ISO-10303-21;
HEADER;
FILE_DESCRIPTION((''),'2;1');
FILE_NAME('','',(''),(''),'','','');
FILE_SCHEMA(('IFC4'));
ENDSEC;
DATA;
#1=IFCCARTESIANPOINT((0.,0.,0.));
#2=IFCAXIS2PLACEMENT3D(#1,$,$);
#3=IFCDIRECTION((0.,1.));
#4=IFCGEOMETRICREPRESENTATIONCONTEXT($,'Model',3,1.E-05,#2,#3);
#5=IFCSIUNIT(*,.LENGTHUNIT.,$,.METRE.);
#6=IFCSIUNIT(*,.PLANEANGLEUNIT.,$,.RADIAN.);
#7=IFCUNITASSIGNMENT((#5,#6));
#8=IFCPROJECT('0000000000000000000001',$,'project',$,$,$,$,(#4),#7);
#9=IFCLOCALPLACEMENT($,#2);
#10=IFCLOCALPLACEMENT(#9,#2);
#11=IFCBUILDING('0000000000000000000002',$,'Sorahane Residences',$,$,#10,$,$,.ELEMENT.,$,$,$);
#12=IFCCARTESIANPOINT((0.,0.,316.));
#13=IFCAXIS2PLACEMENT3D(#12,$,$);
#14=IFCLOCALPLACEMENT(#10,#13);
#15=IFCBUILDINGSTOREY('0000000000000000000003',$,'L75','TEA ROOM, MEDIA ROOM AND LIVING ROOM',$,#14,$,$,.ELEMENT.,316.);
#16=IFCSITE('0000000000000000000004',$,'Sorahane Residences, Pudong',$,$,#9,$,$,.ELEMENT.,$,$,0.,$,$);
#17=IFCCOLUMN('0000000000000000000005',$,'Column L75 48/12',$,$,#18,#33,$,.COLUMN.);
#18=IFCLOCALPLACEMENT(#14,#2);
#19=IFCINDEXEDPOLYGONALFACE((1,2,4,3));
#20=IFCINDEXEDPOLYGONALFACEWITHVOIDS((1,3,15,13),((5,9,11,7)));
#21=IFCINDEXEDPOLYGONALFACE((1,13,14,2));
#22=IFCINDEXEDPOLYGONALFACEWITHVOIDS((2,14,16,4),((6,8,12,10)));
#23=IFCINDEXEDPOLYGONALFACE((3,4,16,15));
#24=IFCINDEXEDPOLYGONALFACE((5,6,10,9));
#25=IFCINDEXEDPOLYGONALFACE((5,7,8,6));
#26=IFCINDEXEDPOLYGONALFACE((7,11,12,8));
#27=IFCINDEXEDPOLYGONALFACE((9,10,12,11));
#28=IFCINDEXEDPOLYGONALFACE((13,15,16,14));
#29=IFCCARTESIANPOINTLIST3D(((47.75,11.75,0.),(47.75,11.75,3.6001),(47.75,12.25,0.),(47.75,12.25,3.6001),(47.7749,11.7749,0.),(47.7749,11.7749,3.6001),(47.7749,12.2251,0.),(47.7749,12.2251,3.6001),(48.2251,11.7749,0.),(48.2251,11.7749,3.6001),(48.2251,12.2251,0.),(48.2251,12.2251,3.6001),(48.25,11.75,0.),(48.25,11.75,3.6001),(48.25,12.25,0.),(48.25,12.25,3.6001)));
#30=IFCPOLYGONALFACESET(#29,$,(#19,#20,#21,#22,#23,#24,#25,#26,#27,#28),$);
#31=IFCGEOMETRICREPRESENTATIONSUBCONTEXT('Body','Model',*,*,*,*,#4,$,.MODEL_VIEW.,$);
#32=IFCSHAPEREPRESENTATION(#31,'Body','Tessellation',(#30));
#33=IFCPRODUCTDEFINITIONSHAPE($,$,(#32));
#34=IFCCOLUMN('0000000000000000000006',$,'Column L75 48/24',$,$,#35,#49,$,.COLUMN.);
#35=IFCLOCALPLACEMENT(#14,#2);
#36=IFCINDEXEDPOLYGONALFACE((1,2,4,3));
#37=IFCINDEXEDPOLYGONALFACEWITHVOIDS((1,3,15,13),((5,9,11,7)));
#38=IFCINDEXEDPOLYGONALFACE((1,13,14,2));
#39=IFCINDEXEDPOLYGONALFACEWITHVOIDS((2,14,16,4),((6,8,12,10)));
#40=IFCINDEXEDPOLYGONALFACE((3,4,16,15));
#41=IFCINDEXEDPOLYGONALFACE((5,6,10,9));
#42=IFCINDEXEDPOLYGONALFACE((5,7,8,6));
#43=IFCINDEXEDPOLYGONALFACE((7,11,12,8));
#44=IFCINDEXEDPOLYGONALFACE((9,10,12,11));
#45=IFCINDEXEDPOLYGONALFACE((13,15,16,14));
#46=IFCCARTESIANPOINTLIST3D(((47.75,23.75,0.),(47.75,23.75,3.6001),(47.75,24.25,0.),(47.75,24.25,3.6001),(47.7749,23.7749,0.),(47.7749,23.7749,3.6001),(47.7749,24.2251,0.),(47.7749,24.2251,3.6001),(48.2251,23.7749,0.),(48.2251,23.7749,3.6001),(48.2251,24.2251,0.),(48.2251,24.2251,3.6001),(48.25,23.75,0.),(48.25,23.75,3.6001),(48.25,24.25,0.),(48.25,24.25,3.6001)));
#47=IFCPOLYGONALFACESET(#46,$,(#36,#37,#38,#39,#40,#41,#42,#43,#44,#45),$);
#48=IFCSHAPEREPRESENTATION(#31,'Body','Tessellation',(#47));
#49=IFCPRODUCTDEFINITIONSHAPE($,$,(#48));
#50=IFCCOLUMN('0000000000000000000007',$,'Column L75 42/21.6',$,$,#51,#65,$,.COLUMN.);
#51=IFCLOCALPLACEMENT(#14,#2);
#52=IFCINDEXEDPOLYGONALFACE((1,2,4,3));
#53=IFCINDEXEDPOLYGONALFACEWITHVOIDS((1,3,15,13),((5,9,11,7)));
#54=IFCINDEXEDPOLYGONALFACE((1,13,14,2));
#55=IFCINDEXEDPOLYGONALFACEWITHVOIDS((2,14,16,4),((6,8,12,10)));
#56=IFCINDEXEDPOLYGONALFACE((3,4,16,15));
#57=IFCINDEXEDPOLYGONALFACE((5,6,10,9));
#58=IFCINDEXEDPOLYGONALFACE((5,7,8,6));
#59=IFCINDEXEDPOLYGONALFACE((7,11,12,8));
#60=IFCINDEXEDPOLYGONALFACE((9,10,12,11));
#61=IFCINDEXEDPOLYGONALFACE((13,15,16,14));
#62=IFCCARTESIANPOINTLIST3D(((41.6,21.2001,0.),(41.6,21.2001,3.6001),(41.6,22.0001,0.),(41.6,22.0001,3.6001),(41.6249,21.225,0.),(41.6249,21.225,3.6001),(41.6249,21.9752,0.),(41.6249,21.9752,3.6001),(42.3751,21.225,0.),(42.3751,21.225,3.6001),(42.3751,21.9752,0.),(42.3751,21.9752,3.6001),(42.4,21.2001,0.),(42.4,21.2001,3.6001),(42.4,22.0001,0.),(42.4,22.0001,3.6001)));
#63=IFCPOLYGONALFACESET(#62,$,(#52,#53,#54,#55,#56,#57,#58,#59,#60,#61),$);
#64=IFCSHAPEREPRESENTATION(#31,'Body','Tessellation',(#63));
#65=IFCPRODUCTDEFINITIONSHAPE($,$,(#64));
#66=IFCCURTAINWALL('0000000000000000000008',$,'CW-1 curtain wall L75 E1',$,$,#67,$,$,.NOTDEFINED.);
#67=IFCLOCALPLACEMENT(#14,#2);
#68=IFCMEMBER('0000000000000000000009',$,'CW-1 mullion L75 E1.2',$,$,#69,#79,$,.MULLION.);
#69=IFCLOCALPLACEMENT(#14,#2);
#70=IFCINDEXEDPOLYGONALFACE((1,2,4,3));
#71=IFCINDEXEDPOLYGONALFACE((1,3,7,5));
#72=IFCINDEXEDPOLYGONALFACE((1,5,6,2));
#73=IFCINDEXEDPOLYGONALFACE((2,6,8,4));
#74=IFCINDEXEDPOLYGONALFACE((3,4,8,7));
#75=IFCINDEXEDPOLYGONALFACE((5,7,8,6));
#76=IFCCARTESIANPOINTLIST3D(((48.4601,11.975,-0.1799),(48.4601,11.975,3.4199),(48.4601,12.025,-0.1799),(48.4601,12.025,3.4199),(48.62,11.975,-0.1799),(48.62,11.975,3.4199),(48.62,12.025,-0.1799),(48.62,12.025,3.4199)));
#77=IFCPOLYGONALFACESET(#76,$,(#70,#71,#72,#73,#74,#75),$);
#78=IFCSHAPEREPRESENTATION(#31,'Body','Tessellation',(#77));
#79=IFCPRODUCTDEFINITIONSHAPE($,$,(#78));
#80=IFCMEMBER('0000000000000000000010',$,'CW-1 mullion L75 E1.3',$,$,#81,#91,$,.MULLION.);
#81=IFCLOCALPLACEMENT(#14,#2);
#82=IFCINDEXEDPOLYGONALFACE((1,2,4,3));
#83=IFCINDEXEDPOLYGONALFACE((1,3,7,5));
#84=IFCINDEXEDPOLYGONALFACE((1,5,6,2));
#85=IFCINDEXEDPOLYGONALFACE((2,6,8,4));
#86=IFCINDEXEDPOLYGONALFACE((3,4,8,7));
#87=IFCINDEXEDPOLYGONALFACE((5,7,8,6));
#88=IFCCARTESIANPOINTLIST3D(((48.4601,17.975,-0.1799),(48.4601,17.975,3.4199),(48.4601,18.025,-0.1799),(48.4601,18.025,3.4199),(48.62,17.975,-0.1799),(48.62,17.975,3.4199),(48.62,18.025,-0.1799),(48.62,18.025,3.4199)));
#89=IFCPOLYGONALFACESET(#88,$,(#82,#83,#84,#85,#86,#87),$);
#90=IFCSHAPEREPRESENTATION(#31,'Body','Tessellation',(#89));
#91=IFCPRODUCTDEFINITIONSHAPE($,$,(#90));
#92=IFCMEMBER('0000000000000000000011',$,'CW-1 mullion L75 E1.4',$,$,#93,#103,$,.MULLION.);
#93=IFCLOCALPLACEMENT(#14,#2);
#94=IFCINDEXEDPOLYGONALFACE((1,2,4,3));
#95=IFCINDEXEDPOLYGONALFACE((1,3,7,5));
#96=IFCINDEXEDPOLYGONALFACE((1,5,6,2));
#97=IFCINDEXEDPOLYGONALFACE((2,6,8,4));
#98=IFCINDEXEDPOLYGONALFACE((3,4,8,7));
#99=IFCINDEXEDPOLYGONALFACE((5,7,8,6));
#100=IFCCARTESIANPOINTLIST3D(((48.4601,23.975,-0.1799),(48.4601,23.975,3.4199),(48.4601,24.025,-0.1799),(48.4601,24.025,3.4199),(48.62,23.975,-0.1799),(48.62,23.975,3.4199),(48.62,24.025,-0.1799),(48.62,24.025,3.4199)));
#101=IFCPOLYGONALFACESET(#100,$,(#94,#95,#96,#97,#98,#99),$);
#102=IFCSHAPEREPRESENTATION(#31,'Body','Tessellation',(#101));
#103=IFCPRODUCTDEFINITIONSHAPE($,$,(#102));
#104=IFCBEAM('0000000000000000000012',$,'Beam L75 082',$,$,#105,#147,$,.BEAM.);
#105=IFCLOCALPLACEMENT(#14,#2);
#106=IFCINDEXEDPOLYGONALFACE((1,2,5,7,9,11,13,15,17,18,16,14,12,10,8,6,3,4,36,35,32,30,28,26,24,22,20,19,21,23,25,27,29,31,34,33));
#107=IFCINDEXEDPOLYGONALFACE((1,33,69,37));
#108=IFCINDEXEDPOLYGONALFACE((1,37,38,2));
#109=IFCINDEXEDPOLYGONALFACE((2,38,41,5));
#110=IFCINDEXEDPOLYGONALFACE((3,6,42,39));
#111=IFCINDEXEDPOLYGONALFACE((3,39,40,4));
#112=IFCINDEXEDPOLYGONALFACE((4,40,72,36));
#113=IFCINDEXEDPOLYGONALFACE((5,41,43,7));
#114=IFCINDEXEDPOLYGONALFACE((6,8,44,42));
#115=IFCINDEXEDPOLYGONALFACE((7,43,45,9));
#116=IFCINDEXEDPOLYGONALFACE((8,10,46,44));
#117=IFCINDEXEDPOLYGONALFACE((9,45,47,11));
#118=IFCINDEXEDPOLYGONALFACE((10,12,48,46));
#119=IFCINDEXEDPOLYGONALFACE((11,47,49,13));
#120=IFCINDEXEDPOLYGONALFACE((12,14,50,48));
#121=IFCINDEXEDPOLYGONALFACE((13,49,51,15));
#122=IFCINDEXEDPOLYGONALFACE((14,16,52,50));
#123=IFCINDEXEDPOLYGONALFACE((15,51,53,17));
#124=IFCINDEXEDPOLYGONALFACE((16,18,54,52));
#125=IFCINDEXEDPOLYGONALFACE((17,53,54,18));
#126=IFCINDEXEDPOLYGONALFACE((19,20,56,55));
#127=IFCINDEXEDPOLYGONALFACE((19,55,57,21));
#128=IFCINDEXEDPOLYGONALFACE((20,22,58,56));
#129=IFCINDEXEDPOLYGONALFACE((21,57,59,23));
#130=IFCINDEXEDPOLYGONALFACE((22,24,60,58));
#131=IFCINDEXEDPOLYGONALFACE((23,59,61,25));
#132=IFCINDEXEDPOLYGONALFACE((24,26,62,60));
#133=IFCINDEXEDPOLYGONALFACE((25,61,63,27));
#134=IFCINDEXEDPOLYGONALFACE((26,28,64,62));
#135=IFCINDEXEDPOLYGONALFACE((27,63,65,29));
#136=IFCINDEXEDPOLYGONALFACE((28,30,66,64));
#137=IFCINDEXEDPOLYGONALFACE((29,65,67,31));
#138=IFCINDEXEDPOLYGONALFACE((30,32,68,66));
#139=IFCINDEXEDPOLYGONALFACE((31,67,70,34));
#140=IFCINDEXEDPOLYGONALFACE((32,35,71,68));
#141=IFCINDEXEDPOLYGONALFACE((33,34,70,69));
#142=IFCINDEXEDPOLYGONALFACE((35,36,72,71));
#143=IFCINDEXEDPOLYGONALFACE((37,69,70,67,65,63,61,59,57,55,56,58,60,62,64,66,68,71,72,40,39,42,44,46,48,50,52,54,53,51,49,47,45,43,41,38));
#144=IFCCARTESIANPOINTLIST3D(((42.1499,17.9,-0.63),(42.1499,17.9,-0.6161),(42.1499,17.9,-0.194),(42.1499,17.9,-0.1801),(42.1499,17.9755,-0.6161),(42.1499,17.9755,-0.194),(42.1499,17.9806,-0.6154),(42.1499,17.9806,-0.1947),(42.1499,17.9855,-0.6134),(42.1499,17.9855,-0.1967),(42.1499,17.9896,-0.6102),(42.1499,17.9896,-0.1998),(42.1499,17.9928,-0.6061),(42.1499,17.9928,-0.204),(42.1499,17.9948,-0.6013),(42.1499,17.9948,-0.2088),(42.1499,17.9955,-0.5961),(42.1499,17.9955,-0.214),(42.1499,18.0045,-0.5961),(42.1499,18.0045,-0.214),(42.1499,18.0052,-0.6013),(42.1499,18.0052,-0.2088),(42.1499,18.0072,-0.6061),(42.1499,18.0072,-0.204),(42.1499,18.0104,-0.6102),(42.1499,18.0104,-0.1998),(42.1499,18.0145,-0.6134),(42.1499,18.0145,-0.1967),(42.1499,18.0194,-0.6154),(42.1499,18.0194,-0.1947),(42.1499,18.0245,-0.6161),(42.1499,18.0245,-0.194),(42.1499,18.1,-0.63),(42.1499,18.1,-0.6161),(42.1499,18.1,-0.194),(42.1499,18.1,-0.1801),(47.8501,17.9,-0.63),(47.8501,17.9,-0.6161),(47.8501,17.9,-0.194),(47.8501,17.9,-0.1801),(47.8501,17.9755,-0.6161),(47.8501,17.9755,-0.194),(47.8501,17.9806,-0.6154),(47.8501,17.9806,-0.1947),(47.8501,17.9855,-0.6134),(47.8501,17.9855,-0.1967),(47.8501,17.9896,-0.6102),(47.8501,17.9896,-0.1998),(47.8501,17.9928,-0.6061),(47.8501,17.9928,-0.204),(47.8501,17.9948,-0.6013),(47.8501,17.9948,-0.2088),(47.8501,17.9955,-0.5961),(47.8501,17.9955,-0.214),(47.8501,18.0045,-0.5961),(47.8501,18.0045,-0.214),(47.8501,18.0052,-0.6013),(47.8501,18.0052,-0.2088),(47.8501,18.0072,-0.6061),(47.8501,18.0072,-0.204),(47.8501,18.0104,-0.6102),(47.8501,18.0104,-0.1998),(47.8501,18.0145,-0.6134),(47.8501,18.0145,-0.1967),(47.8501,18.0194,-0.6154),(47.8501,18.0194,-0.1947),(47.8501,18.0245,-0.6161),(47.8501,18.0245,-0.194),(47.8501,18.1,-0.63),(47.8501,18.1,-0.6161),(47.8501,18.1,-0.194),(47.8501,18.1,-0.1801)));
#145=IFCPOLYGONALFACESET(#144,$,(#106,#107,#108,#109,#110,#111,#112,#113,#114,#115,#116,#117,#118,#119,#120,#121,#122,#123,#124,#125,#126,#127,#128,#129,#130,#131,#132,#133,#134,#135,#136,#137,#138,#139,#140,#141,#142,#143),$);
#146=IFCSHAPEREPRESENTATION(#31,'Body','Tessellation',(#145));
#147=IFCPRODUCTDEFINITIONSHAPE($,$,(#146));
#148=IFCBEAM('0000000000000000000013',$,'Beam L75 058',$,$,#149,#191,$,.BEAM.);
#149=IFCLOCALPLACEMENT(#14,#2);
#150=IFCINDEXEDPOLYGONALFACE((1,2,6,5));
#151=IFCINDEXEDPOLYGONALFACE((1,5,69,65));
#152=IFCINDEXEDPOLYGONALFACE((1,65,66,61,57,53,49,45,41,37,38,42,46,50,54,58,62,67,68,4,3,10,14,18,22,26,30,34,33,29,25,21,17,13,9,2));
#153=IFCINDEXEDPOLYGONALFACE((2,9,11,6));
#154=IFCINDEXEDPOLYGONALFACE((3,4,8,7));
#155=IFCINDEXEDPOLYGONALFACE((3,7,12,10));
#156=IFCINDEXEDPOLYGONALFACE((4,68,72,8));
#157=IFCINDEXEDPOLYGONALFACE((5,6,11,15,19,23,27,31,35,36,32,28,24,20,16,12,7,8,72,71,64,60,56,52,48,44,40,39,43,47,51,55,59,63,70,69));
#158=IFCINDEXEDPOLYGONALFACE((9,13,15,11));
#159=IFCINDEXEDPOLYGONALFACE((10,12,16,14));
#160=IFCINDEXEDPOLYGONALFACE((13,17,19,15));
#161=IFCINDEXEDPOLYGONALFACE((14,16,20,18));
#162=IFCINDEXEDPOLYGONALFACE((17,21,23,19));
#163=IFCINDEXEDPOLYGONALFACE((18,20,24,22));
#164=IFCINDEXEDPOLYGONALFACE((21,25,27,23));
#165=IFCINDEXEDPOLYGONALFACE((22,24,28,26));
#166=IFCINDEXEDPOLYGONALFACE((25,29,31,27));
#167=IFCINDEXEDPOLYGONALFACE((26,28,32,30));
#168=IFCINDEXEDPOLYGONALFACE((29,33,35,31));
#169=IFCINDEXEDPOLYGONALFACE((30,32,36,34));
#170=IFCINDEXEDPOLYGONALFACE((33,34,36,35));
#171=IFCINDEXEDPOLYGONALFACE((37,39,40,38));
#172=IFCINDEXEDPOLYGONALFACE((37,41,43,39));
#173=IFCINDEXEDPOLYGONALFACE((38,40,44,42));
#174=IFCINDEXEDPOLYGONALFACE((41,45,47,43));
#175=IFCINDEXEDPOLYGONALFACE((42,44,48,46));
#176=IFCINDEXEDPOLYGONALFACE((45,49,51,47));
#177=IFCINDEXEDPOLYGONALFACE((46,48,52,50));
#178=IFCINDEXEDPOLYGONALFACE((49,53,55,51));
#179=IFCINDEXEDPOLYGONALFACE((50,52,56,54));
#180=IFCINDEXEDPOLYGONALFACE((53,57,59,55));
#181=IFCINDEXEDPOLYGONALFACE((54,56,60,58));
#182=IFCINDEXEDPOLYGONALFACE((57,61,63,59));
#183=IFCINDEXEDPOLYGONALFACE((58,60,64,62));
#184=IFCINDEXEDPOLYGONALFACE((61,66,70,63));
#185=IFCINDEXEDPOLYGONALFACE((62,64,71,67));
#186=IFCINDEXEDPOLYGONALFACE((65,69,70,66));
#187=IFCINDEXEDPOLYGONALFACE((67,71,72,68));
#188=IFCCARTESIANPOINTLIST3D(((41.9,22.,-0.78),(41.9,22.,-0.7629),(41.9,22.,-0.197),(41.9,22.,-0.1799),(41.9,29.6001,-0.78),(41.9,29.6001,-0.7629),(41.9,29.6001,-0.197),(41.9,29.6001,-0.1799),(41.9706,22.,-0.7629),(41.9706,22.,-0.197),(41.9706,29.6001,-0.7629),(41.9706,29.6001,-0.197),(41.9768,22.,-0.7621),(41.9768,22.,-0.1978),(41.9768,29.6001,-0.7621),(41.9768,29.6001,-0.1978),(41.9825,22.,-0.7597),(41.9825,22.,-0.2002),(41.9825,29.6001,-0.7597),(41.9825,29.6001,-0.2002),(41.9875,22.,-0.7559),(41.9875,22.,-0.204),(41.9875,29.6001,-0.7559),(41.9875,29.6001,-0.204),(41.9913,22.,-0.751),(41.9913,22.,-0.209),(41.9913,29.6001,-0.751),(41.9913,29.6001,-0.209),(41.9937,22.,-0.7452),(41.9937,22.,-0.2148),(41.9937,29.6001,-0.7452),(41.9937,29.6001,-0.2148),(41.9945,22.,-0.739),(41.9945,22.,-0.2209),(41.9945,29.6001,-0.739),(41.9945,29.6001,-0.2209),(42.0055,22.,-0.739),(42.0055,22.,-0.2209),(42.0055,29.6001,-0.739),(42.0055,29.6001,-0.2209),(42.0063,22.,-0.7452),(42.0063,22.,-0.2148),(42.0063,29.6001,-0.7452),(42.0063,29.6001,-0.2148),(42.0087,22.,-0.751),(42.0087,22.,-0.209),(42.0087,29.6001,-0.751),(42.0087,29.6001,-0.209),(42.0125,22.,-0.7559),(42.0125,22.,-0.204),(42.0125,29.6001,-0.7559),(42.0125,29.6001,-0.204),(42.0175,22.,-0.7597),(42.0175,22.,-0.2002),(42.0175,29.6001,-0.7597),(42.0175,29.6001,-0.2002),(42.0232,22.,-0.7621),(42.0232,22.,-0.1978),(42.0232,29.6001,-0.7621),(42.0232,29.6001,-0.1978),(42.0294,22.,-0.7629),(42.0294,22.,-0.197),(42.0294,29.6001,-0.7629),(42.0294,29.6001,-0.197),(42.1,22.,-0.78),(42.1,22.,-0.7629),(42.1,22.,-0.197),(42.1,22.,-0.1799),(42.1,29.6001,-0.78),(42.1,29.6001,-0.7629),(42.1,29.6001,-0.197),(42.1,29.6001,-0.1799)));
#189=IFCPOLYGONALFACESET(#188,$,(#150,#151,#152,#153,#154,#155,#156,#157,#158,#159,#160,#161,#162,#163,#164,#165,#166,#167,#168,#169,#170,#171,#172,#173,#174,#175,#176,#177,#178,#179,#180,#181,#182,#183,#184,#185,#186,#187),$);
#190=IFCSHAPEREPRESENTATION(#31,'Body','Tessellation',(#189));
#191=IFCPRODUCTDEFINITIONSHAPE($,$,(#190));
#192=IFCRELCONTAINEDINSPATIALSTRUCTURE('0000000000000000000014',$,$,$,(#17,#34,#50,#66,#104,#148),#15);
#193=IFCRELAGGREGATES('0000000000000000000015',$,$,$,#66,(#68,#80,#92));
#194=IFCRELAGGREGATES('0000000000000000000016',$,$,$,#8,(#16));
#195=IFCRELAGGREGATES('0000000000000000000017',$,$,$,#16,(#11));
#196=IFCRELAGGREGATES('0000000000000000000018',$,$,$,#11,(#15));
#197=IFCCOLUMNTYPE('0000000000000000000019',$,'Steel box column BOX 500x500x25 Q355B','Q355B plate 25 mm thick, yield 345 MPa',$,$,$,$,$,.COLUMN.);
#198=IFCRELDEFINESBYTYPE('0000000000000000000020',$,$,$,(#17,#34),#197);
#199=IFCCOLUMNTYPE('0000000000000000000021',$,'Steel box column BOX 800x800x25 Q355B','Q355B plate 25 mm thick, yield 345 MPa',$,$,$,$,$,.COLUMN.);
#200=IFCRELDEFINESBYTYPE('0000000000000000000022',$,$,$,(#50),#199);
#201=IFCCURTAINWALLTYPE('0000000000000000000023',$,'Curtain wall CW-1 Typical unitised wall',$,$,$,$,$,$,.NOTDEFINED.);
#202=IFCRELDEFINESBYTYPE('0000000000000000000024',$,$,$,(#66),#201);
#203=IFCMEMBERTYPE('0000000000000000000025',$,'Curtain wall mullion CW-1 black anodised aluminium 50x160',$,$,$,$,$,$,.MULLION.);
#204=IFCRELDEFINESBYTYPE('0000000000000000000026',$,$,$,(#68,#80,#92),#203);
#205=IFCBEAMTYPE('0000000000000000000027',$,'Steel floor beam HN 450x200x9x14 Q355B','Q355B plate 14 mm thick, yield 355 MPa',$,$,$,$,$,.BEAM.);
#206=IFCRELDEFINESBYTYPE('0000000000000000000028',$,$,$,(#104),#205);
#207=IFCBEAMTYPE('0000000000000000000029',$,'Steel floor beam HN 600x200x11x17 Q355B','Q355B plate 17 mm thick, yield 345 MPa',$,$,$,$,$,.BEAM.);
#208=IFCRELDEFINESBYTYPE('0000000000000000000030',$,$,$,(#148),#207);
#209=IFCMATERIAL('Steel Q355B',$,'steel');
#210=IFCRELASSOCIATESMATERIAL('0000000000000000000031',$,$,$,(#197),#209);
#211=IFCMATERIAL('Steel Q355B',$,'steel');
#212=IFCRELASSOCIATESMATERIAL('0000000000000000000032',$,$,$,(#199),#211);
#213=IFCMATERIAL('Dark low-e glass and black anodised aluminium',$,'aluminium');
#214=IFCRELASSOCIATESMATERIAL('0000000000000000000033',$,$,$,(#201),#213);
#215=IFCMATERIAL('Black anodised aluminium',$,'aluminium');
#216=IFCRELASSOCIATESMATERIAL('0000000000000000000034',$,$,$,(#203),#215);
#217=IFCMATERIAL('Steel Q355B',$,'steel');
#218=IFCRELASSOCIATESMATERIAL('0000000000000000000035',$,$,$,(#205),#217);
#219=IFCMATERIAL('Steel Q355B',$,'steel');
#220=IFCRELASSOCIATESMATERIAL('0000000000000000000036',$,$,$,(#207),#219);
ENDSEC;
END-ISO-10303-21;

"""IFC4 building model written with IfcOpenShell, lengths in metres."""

from ifc_helpers import new_model, si_unit, direction, frame, origin, origin_2d, place, context, subcontext, project, spatial, rectangle, hollow_rectangle, i_section, extrude, material, material_profile, profile_set, type_object, element, aggregate, save


model = new_model("IFC4")

# Units and contexts
model_context = context("Model", 3, precision=1e-05, world=origin(), true_north=direction((0.0, 1.0)))
body_context = subcontext(model_context, "Body", "Model", "MODEL_VIEW")
ifc_project = project(units=[si_unit("LENGTHUNIT", "METRE"), si_unit("PLANEANGLEUNIT", "RADIAN")], contexts=[model_context])

# Site, building, storey
site_placement = place(None, origin())
site = spatial("IfcSite", under=ifc_project, at=site_placement, Name="Sorahane Residences, Pudong", CompositionType="ELEMENT", RefElevation=0.0)
building_placement = place(site_placement, origin())
building = spatial("IfcBuilding", under=site, at=building_placement, Name="Sorahane Residences", CompositionType="ELEMENT")
storey_placement = place(building_placement, frame((0.0, 0.0, 316.0)))
storey = spatial("IfcBuildingStorey", under=building, at=storey_placement, Name="L75", Description="TEA ROOM, MEDIA ROOM AND LIVING ROOM", CompositionType="ELEMENT", Elevation=316.0)

# Columns
ifc_material_1 = material(Name="Steel Q355B", Category="steel")
ifc_material_profile_1 = material_profile(ifc_material_1, hollow_rectangle(XDim=0.5, YDim=0.5, WallThickness=0.0249, at=origin_2d()), Name="BOX 500x500x25")
ifc_profile_set_1 = profile_set([ifc_material_profile_1], Name="Steel Q355B")
column_type_1 = type_object("IfcColumnType", Name="Steel box column BOX 500x500x25 Q355B", Description="Q355B plate 25 mm thick, yield 345 MPa", PredefinedType="COLUMN", material=ifc_profile_set_1)
for number, where, z_axis, x_axis, name in (
    (1, (48.0, 12.0, 0.0), (0.0, 0.0, 1.0), (1.0, 0.0, 0.0), "Column L75 48/12"),
    (2, (48.0, 24.0, 0.0), (0.0, 0.0, 1.0), (1.0, 0.0, 0.0), "Column L75 48/24"),
):
    element("IfcColumn", number, at=place(storey_placement, frame(where, z_axis=z_axis, x_axis=x_axis)), inside=storey, type_object=column_type_1, Name=name, PredefinedType="COLUMN", context=body_context, shape_type="SweptSolid", body=[
        extrude(hollow_rectangle(XDim=0.5, YDim=0.5, WallThickness=0.0249, at=origin_2d()), origin(), (0.0, 0.0, 1.0), 3.6001),
    ])
ifc_material_2 = material(Name="Steel Q355B", Category="steel")
ifc_material_profile_2 = material_profile(ifc_material_2, hollow_rectangle(XDim=0.8, YDim=0.8, WallThickness=0.0249, at=origin_2d()), Name="BOX 800x800x25")
ifc_profile_set_2 = profile_set([ifc_material_profile_2], Name="Steel Q355B")
column_type_2 = type_object("IfcColumnType", Name="Steel box column BOX 800x800x25 Q355B", Description="Q355B plate 25 mm thick, yield 345 MPa", PredefinedType="COLUMN", material=ifc_profile_set_2)
column_placement = place(storey_placement, frame((42.0, 21.6001, 0.0), z_axis=(0.0, 0.0, 1.0), x_axis=(1.0, 0.0, 0.0)))
element("IfcColumn", 3, at=column_placement, inside=storey, type_object=column_type_2, Name="Column L75 42/21.6", PredefinedType="COLUMN", context=body_context, shape_type="SweptSolid", body=[
    extrude(hollow_rectangle(XDim=0.8, YDim=0.8, WallThickness=0.0249, at=origin_2d()), origin(), (0.0, 0.0, 1.0), 3.6001),
])

# Curtain wall, members
ifc_material_3 = material(Name="Dark low-e glass and black anodised aluminium", Category="aluminium")
curtain_wall_type = type_object("IfcCurtainWallType", Name="Curtain wall CW-1 Typical unitised wall", PredefinedType="NOTDEFINED", material=ifc_material_3)
curtain_wall_placement = place(storey_placement, origin())
curtain_wall = element("IfcCurtainWall", 4, at=curtain_wall_placement, inside=storey, type_object=curtain_wall_type, Name="CW-1 curtain wall L75 E1", PredefinedType="NOTDEFINED")
ifc_material_4 = material(Name="Black anodised aluminium", Category="aluminium")
ifc_material_profile_3 = material_profile(ifc_material_4, rectangle(XDim=0.1599, YDim=0.05, at=origin_2d()), Name="Curtain wall mullion CW-1 black anodised aluminium 50x160")
ifc_profile_set_3 = profile_set([ifc_material_profile_3], Name="Black anodised aluminium")
member_type = type_object("IfcMemberType", Name="Curtain wall mullion CW-1 black anodised aluminium 50x160", PredefinedType="MULLION", material=ifc_profile_set_3)
member_1_placement = place(storey_placement, frame((48.54, 12.0, -0.1799), z_axis=(0.0, 0.0, 1.0), x_axis=(1.0, 0.0, 0.0)))
member_1 = element("IfcMember", 5, at=member_1_placement, type_object=member_type, Name="CW-1 mullion L75 E1.2", PredefinedType="MULLION", context=body_context, shape_type="SweptSolid", body=[
    extrude(rectangle(XDim=0.1599, YDim=0.05, at=origin_2d()), origin(), (0.0, 0.0, 1.0), 3.5999),
])
member_2_placement = place(storey_placement, frame((48.54, 18.0, -0.1799), z_axis=(0.0, 0.0, 1.0), x_axis=(1.0, 0.0, 0.0)))
member_2 = element("IfcMember", 6, at=member_2_placement, type_object=member_type, Name="CW-1 mullion L75 E1.3", PredefinedType="MULLION", context=body_context, shape_type="SweptSolid", body=[
    extrude(rectangle(XDim=0.1599, YDim=0.05, at=origin_2d()), origin(), (0.0, 0.0, 1.0), 3.5999),
])
member_3_placement = place(storey_placement, frame((48.54, 24.0, -0.1799), z_axis=(0.0, 0.0, 1.0), x_axis=(1.0, 0.0, 0.0)))
member_3 = element("IfcMember", 7, at=member_3_placement, type_object=member_type, Name="CW-1 mullion L75 E1.4", PredefinedType="MULLION", context=body_context, shape_type="SweptSolid", body=[
    extrude(rectangle(XDim=0.1599, YDim=0.05, at=origin_2d()), origin(), (0.0, 0.0, 1.0), 3.5999),
])

# Beams
ifc_material_5 = material(Name="Steel Q355B", Category="steel")
ifc_material_profile_4 = material_profile(ifc_material_5, i_section(OverallWidth=0.2, OverallDepth=0.45, WebThickness=0.009, FlangeThickness=0.0139, FilletRadius=0.02, at=origin_2d()), Name="HN 450x200x9x14")
ifc_profile_set_4 = profile_set([ifc_material_profile_4], Name="Steel Q355B")
beam_type_1 = type_object("IfcBeamType", Name="Steel floor beam HN 450x200x9x14 Q355B", Description="Q355B plate 14 mm thick, yield 355 MPa", PredefinedType="BEAM", material=ifc_profile_set_4)
beam_1_placement = place(storey_placement, frame((42.1499, 18.0, -0.405), z_axis=(1.0, 0.0, 0.0), x_axis=(0.0, 1.0, 0.0)))
element("IfcBeam", 8, at=beam_1_placement, inside=storey, type_object=beam_type_1, Name="Beam L75 082", PredefinedType="BEAM", context=body_context, shape_type="SweptSolid", body=[
    extrude(i_section(OverallWidth=0.2, OverallDepth=0.45, WebThickness=0.009, FlangeThickness=0.0139, FilletRadius=0.02, at=origin_2d()), origin(), (0.0, 0.0, 1.0), 5.7002),
])
ifc_material_6 = material(Name="Steel Q355B", Category="steel")
ifc_material_profile_5 = material_profile(ifc_material_6, i_section(OverallWidth=0.2, OverallDepth=0.6001, WebThickness=0.011, FlangeThickness=0.0171, FilletRadius=0.0239, at=origin_2d()), Name="HN 600x200x11x17")
ifc_profile_set_5 = profile_set([ifc_material_profile_5], Name="Steel Q355B")
beam_type_2 = type_object("IfcBeamType", Name="Steel floor beam HN 600x200x11x17 Q355B", Description="Q355B plate 17 mm thick, yield 345 MPa", PredefinedType="BEAM", material=ifc_profile_set_5)
beam_2_placement = place(storey_placement, frame((42.0, 22.0, -0.48), z_axis=(0.0, 1.0, 0.0), x_axis=(-1.0, 0.0, 0.0)))
element("IfcBeam", 9, at=beam_2_placement, inside=storey, type_object=beam_type_2, Name="Beam L75 058", PredefinedType="BEAM", context=body_context, shape_type="SweptSolid", body=[
    extrude(i_section(OverallWidth=0.2, OverallDepth=0.6001, WebThickness=0.011, FlangeThickness=0.0171, FilletRadius=0.0239, at=origin_2d()), origin(), (0.0, 0.0, 1.0), 7.6001),
])

aggregate(curtain_wall, [member_1, member_2, member_3])

save(model, "model.ifc")
